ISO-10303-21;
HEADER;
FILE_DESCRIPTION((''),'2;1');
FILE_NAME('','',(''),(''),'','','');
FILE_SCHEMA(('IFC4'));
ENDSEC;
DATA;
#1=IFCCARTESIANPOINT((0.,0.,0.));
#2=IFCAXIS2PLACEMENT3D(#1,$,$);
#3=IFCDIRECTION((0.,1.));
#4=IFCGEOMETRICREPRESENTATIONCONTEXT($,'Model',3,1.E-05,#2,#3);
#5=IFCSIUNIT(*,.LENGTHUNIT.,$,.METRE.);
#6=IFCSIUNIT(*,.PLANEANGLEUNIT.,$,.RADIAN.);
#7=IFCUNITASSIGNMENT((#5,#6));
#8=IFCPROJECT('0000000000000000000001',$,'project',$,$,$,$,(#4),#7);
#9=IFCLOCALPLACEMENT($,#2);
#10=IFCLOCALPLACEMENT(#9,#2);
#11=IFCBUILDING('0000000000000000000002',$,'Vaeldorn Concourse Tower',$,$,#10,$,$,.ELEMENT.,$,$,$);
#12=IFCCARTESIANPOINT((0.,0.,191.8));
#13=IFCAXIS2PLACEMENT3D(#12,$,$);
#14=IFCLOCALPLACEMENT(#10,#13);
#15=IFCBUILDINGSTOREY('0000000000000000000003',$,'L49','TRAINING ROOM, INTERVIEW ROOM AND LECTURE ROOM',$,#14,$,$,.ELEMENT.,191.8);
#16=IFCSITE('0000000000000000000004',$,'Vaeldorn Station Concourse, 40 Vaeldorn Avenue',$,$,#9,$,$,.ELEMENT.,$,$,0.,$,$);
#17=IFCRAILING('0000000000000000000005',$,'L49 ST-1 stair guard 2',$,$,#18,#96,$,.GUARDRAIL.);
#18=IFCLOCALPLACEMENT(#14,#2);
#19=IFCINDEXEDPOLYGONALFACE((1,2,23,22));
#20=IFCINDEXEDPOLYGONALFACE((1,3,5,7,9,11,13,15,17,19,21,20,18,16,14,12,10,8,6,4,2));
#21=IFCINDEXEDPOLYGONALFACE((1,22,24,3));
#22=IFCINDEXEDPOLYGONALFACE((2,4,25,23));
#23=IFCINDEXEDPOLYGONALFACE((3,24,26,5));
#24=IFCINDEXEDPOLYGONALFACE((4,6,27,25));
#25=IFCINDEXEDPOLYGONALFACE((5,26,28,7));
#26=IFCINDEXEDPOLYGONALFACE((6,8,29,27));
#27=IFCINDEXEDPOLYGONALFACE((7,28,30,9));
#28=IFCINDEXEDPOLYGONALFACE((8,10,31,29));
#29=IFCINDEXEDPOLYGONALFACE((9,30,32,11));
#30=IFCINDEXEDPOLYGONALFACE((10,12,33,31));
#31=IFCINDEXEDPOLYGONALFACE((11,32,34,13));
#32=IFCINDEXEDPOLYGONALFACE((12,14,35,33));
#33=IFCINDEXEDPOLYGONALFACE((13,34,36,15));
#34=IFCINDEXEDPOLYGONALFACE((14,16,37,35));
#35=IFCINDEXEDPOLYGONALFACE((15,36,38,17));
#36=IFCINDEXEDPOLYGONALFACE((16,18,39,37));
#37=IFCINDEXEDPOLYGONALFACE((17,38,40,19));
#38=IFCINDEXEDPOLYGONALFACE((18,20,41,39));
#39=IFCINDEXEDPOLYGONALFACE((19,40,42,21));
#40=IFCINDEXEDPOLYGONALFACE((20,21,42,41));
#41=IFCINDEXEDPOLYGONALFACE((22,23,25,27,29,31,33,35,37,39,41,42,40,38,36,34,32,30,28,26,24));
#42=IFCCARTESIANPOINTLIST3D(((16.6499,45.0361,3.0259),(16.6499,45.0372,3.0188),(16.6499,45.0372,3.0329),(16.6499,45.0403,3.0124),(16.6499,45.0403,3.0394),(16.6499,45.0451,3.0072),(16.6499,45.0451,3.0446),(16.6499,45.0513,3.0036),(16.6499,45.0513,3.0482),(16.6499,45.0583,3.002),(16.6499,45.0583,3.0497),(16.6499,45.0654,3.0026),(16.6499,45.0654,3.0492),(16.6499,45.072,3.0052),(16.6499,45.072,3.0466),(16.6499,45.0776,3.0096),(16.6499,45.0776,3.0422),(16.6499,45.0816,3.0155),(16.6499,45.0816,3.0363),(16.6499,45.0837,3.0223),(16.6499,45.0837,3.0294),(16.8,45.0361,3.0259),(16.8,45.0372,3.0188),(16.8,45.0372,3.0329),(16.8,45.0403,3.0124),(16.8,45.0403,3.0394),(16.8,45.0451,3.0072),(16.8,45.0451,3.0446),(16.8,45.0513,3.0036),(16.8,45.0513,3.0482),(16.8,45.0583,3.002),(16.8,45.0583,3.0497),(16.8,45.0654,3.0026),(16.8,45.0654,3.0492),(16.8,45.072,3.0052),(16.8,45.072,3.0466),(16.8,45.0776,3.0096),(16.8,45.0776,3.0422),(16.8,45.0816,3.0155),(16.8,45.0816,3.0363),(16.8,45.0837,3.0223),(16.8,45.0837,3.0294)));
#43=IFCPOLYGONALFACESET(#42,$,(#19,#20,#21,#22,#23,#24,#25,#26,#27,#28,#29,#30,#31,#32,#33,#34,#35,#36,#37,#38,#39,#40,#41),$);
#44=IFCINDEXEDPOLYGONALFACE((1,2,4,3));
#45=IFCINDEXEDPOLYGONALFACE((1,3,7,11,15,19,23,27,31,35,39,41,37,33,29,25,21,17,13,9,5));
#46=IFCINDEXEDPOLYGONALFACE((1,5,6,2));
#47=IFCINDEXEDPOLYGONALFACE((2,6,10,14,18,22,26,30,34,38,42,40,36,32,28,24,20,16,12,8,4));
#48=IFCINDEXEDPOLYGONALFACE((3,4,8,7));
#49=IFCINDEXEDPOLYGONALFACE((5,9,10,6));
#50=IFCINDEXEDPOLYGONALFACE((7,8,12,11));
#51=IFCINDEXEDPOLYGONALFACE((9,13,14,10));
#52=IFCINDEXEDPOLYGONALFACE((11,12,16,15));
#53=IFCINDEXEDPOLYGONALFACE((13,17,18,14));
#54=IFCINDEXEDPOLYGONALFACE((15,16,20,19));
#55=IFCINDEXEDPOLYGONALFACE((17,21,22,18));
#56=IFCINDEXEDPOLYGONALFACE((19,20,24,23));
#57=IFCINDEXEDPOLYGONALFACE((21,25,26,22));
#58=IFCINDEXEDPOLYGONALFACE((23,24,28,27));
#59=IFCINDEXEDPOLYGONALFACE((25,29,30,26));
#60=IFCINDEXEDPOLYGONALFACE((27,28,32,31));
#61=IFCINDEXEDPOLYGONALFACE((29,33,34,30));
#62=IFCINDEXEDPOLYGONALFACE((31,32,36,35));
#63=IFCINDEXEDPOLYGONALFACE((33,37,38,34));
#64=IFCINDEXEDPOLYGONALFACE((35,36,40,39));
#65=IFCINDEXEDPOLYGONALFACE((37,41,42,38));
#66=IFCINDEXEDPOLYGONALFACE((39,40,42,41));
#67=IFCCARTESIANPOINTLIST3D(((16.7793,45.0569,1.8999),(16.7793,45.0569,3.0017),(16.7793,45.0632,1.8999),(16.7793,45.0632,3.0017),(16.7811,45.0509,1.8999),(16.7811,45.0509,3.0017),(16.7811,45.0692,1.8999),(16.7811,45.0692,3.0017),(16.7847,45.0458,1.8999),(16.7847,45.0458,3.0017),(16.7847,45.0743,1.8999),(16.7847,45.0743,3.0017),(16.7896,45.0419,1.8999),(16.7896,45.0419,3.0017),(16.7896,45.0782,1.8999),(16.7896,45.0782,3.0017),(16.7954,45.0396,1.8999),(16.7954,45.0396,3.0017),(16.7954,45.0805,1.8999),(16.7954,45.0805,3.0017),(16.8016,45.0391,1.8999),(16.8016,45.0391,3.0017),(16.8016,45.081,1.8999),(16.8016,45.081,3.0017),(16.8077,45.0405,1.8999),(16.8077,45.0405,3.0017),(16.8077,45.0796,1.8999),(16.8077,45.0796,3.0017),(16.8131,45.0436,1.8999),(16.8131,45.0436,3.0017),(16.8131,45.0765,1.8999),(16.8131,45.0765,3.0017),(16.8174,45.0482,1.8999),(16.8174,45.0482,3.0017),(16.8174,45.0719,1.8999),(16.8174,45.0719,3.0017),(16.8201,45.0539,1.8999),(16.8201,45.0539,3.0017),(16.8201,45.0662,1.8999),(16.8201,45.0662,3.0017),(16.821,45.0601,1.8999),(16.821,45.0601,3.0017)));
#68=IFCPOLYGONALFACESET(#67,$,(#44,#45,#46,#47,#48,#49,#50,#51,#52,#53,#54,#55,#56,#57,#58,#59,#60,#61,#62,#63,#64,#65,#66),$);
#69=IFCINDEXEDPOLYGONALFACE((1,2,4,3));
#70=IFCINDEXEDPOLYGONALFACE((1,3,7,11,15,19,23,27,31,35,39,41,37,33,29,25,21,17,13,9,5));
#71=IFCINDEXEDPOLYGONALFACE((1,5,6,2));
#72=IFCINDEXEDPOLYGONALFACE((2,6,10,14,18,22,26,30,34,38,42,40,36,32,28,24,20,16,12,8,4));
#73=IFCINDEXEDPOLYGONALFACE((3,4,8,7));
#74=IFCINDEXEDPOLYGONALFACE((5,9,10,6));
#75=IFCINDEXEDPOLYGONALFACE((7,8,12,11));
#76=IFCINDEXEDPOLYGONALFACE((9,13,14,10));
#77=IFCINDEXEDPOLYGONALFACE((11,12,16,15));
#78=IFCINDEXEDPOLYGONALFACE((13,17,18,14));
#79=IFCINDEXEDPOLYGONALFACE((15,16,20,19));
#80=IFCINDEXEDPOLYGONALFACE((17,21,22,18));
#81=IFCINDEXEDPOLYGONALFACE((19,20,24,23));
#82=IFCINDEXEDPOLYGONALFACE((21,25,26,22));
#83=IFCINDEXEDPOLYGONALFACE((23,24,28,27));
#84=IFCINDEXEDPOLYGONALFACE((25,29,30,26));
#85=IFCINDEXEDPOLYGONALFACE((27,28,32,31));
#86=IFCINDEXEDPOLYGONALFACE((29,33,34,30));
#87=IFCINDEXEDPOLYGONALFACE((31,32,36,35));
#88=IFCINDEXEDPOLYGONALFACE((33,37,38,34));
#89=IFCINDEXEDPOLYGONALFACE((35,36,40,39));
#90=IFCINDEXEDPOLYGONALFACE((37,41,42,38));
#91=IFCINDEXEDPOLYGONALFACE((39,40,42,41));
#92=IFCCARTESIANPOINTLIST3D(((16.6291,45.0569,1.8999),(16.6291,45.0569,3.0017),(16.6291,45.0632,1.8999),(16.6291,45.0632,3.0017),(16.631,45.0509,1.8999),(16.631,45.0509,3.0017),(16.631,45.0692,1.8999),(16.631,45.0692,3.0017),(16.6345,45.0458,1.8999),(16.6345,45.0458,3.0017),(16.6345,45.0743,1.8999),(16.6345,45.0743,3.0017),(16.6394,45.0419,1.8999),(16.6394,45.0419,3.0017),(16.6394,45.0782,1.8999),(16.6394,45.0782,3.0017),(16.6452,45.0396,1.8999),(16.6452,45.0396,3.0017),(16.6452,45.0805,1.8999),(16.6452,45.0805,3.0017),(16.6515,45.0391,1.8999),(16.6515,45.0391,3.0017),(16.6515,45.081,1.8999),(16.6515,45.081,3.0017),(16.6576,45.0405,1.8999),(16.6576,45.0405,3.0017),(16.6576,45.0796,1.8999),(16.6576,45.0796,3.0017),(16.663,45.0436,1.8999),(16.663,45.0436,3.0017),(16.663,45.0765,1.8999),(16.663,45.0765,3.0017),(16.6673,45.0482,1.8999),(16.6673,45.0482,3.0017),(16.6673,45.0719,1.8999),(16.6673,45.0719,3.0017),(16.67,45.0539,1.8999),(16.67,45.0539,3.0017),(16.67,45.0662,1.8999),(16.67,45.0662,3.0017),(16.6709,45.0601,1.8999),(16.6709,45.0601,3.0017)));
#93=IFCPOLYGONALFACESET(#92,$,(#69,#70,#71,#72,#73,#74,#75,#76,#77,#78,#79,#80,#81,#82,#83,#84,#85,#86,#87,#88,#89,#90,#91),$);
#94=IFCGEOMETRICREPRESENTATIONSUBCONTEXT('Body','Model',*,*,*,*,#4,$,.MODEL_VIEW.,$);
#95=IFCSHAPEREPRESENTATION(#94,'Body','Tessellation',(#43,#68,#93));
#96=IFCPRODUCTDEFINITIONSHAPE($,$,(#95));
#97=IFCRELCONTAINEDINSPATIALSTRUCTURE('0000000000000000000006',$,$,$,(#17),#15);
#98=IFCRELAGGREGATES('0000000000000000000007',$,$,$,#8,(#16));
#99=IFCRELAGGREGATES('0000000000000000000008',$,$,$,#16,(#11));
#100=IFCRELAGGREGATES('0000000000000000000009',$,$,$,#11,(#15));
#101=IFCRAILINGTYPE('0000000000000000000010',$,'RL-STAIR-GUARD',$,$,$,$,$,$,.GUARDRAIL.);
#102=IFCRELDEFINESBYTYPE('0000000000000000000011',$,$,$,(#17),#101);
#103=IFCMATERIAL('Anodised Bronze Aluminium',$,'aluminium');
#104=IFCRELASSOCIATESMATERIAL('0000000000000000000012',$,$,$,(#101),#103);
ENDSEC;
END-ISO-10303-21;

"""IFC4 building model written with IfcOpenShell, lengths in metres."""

from ifc_helpers import new_model, si_unit, direction, frame, origin, origin_2d, place, context, subcontext, project, spatial, circle, extrude, material, type_object, element, save


model = new_model("IFC4")

# Units and contexts
model_context = context("Model", 3, precision=1e-05, world=origin(), true_north=direction((0.0, 1.0)))
body_context = subcontext(model_context, "Body", "Model", "MODEL_VIEW")
ifc_project = project(units=[si_unit("LENGTHUNIT", "METRE"), si_unit("PLANEANGLEUNIT", "RADIAN")], contexts=[model_context])

# Site, building, storey
site_placement = place(None, origin())
site = spatial("IfcSite", under=ifc_project, at=site_placement, Name="Vaeldorn Station Concourse, 40 Vaeldorn Avenue", CompositionType="ELEMENT", RefElevation=0.0)
building_placement = place(site_placement, origin())
building = spatial("IfcBuilding", under=site, at=building_placement, Name="Vaeldorn Concourse Tower", CompositionType="ELEMENT")
storey_placement = place(building_placement, frame((0.0, 0.0, 191.8)))
storey = spatial("IfcBuildingStorey", under=building, at=storey_placement, Name="L49", Description="TRAINING ROOM, INTERVIEW ROOM AND LECTURE ROOM", CompositionType="ELEMENT", Elevation=191.8)

# Shared definitions
ifc_material_1 = material(Name="Anodised Bronze Aluminium", Category="aluminium")

# Railing
railing_type_1 = type_object("IfcRailingType", Name="RL-STAIR-GUARD", PredefinedType="GUARDRAIL", material=ifc_material_1)
railing_1_placement = place(storey_placement, frame((16.8, 45.0601, 1.8999)))
element("IfcRailing", 1, at=railing_1_placement, inside=storey, type_object=railing_type_1, Name="L49 ST-1 stair guard 2", PredefinedType="GUARDRAIL", context=body_context, shape_type="SweptSolid", body=[
    extrude(circle(Radius=0.0239, at=origin_2d()), frame((0.0, 0.0, 1.126), z_axis=(-1.0, 0.0, 0.0), x_axis=(0.0, -1.0, 0.0)), (0.0, 0.0, 1.0), 0.1501),
    extrude(circle(Radius=0.021, at=origin_2d()), origin(), (0.0, 0.0, 1.0), 1.1018),
    extrude(circle(Radius=0.021, at=origin_2d()), frame((-0.1501, 0.0, 0.0)), (0.0, 0.0, 1.0), 1.1018),
])

save(model, "model.ifc")
